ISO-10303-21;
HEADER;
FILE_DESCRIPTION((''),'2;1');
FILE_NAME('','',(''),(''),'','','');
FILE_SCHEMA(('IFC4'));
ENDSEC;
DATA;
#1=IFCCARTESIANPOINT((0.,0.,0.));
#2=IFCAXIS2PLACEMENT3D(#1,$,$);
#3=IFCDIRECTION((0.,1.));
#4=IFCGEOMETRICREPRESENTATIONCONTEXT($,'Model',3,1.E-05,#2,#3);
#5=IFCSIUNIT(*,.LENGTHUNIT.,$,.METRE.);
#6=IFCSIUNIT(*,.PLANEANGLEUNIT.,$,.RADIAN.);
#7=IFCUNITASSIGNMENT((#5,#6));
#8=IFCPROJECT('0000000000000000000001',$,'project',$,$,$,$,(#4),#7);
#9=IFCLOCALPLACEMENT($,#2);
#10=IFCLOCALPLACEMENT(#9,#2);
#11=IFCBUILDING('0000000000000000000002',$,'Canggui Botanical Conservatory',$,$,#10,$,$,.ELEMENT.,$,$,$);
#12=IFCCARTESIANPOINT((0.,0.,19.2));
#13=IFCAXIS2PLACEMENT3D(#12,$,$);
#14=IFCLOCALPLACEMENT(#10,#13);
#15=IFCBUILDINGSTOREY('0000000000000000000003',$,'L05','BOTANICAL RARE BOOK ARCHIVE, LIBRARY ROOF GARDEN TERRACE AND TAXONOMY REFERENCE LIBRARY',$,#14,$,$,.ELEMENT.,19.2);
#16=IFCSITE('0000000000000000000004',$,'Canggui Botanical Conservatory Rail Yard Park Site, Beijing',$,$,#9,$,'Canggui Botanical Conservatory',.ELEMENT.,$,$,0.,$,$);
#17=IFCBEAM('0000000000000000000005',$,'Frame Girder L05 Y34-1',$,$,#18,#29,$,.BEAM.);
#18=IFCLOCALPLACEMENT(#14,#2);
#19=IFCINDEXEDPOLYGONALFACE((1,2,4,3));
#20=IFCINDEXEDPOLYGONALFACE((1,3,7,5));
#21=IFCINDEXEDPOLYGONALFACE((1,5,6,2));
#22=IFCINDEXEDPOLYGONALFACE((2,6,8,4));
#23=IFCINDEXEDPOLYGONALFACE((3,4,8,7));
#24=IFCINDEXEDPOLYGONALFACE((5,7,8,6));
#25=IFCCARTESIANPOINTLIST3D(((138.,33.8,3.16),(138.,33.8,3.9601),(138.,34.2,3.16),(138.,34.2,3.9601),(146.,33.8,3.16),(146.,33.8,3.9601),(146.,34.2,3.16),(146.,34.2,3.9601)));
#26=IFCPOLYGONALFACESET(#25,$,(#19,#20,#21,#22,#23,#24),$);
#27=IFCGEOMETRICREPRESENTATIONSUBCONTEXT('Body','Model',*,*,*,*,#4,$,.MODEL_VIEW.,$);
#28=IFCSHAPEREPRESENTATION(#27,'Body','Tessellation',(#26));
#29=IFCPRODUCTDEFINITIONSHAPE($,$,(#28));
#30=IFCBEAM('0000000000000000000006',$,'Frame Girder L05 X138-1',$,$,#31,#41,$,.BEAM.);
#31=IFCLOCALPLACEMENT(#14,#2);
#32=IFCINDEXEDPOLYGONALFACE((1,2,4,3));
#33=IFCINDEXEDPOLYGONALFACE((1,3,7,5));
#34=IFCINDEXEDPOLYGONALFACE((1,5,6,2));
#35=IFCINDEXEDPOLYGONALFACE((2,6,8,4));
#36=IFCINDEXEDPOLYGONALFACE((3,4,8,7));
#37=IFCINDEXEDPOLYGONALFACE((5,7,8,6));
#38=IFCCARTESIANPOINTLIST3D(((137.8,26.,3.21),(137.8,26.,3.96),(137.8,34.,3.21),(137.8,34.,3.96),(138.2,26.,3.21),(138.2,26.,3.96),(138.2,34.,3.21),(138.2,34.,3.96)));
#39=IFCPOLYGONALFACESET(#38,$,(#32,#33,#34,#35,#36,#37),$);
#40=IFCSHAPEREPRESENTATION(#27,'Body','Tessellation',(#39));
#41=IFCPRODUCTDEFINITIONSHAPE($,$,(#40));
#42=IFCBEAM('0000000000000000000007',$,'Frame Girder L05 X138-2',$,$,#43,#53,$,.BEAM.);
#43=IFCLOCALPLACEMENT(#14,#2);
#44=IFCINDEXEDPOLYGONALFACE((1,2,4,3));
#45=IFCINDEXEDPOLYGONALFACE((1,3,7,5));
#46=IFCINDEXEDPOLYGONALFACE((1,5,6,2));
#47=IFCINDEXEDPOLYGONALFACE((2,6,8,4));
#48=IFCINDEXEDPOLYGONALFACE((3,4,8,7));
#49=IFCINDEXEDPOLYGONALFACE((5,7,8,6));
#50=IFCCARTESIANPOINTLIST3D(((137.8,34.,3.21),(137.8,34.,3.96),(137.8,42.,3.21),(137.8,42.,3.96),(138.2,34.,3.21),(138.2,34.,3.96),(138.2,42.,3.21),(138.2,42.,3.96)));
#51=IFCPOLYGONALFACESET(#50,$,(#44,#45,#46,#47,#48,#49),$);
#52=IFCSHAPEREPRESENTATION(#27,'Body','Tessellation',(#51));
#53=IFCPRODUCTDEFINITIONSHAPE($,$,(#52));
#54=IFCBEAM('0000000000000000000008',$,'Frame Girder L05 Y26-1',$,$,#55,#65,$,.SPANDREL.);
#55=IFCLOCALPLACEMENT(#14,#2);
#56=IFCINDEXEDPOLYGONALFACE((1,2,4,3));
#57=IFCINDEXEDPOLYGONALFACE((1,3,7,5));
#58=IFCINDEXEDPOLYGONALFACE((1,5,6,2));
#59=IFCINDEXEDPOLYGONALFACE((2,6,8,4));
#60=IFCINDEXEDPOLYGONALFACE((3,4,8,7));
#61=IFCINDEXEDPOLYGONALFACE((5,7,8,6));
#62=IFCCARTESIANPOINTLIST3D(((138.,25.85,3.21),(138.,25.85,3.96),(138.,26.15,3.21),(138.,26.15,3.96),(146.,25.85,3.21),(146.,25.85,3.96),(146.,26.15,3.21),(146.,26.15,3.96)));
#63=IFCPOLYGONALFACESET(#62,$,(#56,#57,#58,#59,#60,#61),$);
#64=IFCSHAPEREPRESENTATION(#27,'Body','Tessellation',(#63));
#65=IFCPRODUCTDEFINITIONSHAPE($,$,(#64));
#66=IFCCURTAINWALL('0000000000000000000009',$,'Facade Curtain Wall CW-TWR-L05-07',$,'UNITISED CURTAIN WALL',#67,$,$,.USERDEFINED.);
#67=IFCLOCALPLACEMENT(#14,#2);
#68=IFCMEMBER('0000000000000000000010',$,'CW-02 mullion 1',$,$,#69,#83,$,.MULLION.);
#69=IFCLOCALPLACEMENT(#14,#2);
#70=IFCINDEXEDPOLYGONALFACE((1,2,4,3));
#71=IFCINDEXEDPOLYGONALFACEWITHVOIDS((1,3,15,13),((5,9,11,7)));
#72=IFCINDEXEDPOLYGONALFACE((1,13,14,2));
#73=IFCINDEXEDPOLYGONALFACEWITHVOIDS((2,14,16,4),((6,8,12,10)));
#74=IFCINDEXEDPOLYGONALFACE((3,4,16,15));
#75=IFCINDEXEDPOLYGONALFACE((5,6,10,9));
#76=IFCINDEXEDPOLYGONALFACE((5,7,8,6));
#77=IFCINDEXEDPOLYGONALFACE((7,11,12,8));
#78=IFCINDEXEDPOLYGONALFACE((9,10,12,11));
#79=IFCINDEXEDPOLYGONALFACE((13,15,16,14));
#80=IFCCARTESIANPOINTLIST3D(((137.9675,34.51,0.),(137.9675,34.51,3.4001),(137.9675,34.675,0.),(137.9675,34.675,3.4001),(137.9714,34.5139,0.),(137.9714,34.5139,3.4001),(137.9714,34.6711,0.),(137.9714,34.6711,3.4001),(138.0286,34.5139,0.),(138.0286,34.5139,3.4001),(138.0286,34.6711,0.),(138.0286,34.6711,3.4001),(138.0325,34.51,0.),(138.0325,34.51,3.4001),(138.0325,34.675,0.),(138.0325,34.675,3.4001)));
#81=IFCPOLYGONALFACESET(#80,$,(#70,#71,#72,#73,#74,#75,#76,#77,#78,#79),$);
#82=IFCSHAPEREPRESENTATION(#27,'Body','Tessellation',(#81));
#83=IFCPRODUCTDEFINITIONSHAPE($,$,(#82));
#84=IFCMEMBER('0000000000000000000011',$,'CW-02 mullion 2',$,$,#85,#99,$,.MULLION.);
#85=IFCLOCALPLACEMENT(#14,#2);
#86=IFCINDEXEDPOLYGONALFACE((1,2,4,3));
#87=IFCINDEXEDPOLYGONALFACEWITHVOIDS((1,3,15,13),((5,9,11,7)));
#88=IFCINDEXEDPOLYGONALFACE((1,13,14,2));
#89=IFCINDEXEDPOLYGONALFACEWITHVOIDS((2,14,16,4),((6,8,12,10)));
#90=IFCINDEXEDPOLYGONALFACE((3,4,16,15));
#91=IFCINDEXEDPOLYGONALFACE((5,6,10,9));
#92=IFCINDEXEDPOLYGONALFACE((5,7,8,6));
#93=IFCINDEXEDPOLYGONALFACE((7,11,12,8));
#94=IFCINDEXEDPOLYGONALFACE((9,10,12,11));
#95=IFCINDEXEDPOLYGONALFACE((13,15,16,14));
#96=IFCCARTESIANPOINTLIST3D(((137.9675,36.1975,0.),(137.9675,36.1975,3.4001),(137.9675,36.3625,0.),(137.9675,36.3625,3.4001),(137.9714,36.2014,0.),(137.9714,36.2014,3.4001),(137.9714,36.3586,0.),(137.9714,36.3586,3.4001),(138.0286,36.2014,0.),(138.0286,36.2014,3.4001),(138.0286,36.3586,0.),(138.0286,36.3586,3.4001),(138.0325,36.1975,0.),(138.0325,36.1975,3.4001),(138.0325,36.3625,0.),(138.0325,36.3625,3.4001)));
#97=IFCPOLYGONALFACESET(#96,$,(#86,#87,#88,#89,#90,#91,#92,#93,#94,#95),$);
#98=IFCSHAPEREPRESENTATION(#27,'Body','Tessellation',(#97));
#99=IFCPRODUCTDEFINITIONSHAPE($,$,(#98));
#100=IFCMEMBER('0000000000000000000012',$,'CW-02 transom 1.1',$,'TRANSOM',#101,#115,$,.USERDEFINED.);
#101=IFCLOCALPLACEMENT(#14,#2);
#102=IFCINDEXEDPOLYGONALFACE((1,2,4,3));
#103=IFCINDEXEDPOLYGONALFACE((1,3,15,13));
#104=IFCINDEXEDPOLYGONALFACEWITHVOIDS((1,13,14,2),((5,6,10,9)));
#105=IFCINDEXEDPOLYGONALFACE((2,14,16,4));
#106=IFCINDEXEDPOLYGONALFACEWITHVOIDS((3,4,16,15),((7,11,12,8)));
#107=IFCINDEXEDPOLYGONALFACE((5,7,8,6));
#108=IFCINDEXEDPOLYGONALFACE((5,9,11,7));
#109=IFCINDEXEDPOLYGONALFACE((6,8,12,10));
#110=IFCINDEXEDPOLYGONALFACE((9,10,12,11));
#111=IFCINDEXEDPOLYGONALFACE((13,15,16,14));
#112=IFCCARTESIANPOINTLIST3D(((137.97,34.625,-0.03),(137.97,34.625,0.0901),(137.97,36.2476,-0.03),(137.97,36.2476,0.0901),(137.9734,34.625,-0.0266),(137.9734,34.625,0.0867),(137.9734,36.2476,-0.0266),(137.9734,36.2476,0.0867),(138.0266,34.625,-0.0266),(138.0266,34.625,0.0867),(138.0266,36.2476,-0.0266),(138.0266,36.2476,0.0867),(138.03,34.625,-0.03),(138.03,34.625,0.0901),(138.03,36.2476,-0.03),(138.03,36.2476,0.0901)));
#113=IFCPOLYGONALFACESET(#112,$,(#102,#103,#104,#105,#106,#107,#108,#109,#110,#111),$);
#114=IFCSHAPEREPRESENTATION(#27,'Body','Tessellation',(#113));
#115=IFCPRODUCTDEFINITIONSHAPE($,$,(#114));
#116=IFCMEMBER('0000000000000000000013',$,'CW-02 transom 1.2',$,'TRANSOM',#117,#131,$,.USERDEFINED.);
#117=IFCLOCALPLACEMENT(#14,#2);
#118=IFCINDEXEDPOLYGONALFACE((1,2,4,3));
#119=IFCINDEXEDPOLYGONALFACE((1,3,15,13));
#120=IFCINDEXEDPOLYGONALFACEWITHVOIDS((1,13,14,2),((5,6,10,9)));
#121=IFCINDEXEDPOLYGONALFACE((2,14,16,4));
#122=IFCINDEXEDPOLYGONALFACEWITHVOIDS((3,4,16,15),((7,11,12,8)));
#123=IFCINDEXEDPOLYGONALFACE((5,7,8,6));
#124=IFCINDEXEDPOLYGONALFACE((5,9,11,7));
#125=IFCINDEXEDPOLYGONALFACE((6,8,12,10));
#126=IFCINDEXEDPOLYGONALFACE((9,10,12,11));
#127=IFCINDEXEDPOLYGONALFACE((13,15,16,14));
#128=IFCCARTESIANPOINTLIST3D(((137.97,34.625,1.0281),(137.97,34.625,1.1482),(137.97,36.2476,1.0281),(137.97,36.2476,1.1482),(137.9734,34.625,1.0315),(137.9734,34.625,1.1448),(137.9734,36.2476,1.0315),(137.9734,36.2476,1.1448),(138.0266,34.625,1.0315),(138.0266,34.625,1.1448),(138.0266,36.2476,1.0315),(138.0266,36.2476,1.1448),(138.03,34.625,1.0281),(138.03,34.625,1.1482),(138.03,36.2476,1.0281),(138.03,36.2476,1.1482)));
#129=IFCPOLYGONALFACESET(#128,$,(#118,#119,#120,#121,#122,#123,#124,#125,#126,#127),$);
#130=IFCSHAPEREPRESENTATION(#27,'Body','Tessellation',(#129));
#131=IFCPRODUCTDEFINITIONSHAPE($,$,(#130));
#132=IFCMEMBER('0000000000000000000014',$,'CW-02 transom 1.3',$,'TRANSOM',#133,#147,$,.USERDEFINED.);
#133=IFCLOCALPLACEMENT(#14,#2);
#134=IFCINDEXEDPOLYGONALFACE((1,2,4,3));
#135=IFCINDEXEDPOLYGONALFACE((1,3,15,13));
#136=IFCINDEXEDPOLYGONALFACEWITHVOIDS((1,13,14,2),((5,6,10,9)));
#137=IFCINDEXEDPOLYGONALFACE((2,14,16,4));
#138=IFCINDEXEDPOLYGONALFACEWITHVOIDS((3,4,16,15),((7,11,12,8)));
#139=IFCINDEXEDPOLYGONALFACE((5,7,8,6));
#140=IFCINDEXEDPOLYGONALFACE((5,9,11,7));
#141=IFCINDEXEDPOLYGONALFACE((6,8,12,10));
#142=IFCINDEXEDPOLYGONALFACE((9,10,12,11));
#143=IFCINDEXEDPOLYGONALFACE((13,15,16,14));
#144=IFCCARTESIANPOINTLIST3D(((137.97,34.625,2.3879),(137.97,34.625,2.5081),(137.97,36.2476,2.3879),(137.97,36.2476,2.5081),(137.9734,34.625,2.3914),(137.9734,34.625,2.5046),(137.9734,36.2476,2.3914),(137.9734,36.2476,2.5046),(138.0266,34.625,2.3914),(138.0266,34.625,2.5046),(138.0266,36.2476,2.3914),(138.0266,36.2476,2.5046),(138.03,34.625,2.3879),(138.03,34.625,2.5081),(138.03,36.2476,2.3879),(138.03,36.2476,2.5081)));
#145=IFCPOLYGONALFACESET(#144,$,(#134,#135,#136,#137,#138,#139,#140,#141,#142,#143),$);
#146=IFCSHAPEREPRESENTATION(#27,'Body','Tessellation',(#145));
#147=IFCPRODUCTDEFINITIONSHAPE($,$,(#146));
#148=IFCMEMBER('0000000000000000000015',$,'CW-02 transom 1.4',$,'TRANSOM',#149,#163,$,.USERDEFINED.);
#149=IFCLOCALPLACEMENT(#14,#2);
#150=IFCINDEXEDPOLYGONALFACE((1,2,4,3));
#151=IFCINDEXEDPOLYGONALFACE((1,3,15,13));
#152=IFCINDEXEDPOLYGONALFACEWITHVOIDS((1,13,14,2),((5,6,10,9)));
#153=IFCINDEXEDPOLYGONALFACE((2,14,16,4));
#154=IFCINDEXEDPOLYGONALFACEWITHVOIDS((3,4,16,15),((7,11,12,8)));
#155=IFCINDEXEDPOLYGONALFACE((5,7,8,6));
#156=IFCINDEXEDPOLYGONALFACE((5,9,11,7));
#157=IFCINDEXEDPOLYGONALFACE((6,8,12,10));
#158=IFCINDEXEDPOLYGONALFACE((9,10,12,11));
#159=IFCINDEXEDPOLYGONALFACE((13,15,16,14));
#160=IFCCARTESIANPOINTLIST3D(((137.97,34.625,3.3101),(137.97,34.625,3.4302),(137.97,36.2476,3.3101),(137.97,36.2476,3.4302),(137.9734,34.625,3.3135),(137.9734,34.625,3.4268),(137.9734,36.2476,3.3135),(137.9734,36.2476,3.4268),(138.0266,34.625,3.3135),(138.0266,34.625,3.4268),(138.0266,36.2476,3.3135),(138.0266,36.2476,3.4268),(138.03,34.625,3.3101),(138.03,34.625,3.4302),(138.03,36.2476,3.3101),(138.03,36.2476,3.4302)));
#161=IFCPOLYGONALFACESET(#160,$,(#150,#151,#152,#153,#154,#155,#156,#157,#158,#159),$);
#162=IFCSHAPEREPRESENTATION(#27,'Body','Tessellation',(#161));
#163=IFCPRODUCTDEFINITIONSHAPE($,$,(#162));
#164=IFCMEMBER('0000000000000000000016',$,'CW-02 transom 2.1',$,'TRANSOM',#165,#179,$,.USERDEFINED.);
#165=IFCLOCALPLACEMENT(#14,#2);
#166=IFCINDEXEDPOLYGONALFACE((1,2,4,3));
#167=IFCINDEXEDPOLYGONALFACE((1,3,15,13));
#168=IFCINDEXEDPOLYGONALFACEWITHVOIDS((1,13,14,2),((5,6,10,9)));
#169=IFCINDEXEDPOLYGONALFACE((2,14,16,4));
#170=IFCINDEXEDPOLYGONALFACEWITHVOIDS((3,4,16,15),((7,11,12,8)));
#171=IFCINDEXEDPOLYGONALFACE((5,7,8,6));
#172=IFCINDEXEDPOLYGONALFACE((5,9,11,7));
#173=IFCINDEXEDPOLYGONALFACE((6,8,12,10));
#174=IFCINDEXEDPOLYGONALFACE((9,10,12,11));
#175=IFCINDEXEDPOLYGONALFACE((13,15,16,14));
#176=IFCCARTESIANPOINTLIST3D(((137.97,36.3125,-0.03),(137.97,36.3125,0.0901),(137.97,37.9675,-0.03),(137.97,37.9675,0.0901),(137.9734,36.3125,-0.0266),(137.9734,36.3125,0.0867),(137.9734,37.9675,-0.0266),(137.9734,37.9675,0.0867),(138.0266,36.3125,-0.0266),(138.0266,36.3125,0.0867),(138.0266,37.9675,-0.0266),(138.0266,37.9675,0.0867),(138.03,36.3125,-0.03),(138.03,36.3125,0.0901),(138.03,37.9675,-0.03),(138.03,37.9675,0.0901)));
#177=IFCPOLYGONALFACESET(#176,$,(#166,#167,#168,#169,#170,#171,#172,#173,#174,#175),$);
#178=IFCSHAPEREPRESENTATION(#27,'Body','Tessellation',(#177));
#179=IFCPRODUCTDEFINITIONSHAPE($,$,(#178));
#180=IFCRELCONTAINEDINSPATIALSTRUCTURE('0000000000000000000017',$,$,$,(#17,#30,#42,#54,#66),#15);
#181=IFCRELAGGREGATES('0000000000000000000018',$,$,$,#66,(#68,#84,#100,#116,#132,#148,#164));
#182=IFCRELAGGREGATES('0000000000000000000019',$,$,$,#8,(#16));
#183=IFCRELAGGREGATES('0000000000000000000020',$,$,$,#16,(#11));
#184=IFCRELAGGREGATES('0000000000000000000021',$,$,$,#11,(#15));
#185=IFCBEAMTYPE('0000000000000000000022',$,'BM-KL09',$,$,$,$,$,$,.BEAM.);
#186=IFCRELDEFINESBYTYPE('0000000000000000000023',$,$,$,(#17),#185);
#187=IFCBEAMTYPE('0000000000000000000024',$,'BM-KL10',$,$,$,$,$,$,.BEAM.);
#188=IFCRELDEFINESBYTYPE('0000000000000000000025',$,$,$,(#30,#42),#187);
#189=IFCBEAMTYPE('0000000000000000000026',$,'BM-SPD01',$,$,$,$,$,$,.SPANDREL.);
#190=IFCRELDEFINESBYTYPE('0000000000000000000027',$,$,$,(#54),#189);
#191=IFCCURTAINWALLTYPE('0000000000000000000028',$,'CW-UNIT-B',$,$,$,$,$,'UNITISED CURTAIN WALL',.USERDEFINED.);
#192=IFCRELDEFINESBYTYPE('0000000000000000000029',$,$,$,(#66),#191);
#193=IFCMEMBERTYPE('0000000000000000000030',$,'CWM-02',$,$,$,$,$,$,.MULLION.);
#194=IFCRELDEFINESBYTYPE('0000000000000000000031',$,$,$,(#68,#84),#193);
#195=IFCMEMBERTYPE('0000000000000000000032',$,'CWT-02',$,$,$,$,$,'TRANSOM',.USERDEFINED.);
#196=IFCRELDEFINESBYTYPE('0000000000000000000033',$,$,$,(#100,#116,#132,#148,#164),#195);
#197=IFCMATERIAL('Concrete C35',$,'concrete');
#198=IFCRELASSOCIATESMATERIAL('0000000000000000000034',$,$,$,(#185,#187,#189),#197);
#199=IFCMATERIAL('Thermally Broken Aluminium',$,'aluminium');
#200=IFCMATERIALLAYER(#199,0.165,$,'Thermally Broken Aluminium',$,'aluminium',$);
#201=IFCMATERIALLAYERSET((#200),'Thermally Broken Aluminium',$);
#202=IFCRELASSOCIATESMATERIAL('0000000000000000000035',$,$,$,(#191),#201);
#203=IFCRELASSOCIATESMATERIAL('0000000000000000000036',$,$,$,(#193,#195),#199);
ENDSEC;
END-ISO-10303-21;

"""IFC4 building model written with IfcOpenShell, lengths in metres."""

from ifc_helpers import new_model, si_unit, direction, frame, origin, origin_2d, place, context, subcontext, project, spatial, rectangle, hollow_rectangle, extrude, material, layer, layer_set, material_profile, profile_set, type_object, element, aggregate, save


model = new_model("IFC4")

# Units and contexts
model_context = context("Model", 3, precision=1e-05, world=origin(), true_north=direction((0.0, 1.0)))
body_context = subcontext(model_context, "Body", "Model", "MODEL_VIEW")
ifc_project = project(units=[si_unit("LENGTHUNIT", "METRE"), si_unit("PLANEANGLEUNIT", "RADIAN")], contexts=[model_context])

# Site, building, storey
site_placement = place(None, origin())
site = spatial("IfcSite", under=ifc_project, at=site_placement, Name="Canggui Botanical Conservatory Rail Yard Park Site, Beijing", LongName="Canggui Botanical Conservatory", CompositionType="ELEMENT", RefElevation=0.0)
building_placement = place(site_placement, origin())
building = spatial("IfcBuilding", under=site, at=building_placement, Name="Canggui Botanical Conservatory", CompositionType="ELEMENT")
storey_placement = place(building_placement, frame((0.0, 0.0, 19.2)))
storey = spatial("IfcBuildingStorey", under=building, at=storey_placement, Name="L05", Description="BOTANICAL RARE BOOK ARCHIVE, LIBRARY ROOF GARDEN TERRACE AND TAXONOMY REFERENCE LIBRARY", CompositionType="ELEMENT", Elevation=19.2)

# Beams
ifc_material_1 = material(Name="Concrete C35", Category="concrete")
ifc_material_profile_1 = material_profile(ifc_material_1, rectangle(XDim=0.3999, YDim=0.8, at=origin_2d()), Name="RB 400x800")
ifc_profile_set_1 = profile_set([ifc_material_profile_1], Name="Concrete C35")
beam_type_1 = type_object("IfcBeamType", Name="BM-KL09", PredefinedType="BEAM", material=ifc_profile_set_1)
beam_1_placement = place(storey_placement, frame((138.0, 34.0, 3.5601), z_axis=(1.0, 0.0, 0.0), x_axis=(0.0, 1.0, 0.0)))
element("IfcBeam", 1, at=beam_1_placement, inside=storey, type_object=beam_type_1, Name="Frame Girder L05 Y34-1", PredefinedType="BEAM", context=body_context, shape_type="SweptSolid", body=[
    extrude(rectangle(XDim=0.3999, YDim=0.8, at=origin_2d()), origin(), (0.0, 0.0, 1.0), 8.0),
])
ifc_material_profile_2 = material_profile(ifc_material_1, rectangle(XDim=0.3999, YDim=0.75, at=origin_2d()), Name="RB 400x750")
ifc_profile_set_2 = profile_set([ifc_material_profile_2], Name="Concrete C35")
beam_type_2 = type_object("IfcBeamType", Name="BM-KL10", PredefinedType="BEAM", material=ifc_profile_set_2)
for number, where, z_axis, x_axis, name in (
    (2, (138.0, 26.0, 3.585), (0.0, 1.0, 0.0), (-1.0, 0.0, 0.0), "Frame Girder L05 X138-1"),
    (3, (138.0, 34.0, 3.585), (0.0, 1.0, 0.0), (-1.0, 0.0, 0.0), "Frame Girder L05 X138-2"),
):
    element("IfcBeam", number, at=place(storey_placement, frame(where, z_axis=z_axis, x_axis=x_axis)), inside=storey, type_object=beam_type_2, Name=name, PredefinedType="BEAM", context=body_context, shape_type="SweptSolid", body=[
        extrude(rectangle(XDim=0.3999, YDim=0.75, at=origin_2d()), origin(), (0.0, 0.0, 1.0), 8.0),
    ])
ifc_material_profile_3 = material_profile(ifc_material_1, rectangle(XDim=0.3, YDim=0.75, at=origin_2d()), Name="RB 300x750")
ifc_profile_set_3 = profile_set([ifc_material_profile_3], Name="Concrete C35")
beam_type_3 = type_object("IfcBeamType", Name="BM-SPD01", PredefinedType="SPANDREL", material=ifc_profile_set_3)
beam_2_placement = place(storey_placement, frame((138.0, 26.0, 3.585), z_axis=(1.0, 0.0, 0.0), x_axis=(0.0, 1.0, 0.0)))
element("IfcBeam", 4, at=beam_2_placement, inside=storey, type_object=beam_type_3, Name="Frame Girder L05 Y26-1", PredefinedType="SPANDREL", context=body_context, shape_type="SweptSolid", body=[
    extrude(rectangle(XDim=0.3, YDim=0.75, at=origin_2d()), origin(), (0.0, 0.0, 1.0), 8.0),
])

# Curtain wall, members
ifc_material_2 = material(Name="Thermally Broken Aluminium", Category="aluminium")
ifc_layer_1 = layer(ifc_material_2, 0.165, Name="Thermally Broken Aluminium", Category="aluminium")
ifc_layer_set_1 = layer_set([ifc_layer_1], Name="Thermally Broken Aluminium")
curtain_wall_type = type_object("IfcCurtainWallType", Name="CW-UNIT-B", ElementType="UNITISED CURTAIN WALL", PredefinedType="USERDEFINED", material=ifc_layer_set_1)
curtain_wall_placement = place(storey_placement, origin())
curtain_wall = element("IfcCurtainWall", 5, at=curtain_wall_placement, inside=storey, type_object=curtain_wall_type, Name="Facade Curtain Wall CW-TWR-L05-07", ObjectType="UNITISED CURTAIN WALL", PredefinedType="USERDEFINED")
ifc_material_profile_4 = material_profile(ifc_material_2, hollow_rectangle(XDim=0.0649, YDim=0.165, WallThickness=0.0039, at=origin_2d()), Name="CWM 65x165x4")
ifc_profile_set_4 = profile_set([ifc_material_profile_4], Name="Thermally Broken Aluminium")
member_type_1 = type_object("IfcMemberType", Name="CWM-02", PredefinedType="MULLION", material=ifc_profile_set_4)
member_1_placement = place(storey_placement, frame((138.0, 34.5925, 0.0), z_axis=(0.0, 0.0, 1.0), x_axis=(-1.0, 0.0, 0.0)))
member_1 = element("IfcMember", 6, at=member_1_placement, type_object=member_type_1, Name="CW-02 mullion 1", PredefinedType="MULLION", context=body_context, shape_type="SweptSolid", body=[
    extrude(hollow_rectangle(XDim=0.0649, YDim=0.165, WallThickness=0.0039, at=origin_2d()), origin(), (0.0, 0.0, 1.0), 3.4001),
])
member_2_placement = place(storey_placement, frame((138.0, 36.28, 0.0), z_axis=(0.0, 0.0, 1.0), x_axis=(-1.0, 0.0, 0.0)))
member_2 = element("IfcMember", 7, at=member_2_placement, type_object=member_type_1, Name="CW-02 mullion 2", PredefinedType="MULLION", context=body_context, shape_type="SweptSolid", body=[
    extrude(hollow_rectangle(XDim=0.0649, YDim=0.165, WallThickness=0.0039, at=origin_2d()), origin(), (0.0, 0.0, 1.0), 3.4001),
])
ifc_material_profile_5 = material_profile(ifc_material_2, hollow_rectangle(XDim=0.0601, YDim=0.1201, WallThickness=0.0034, at=origin_2d()), Name="CWT 60x120x3.5")
ifc_profile_set_5 = profile_set([ifc_material_profile_5], Name="Thermally Broken Aluminium")
member_type_2 = type_object("IfcMemberType", Name="CWT-02", ElementType="TRANSOM", PredefinedType="USERDEFINED", material=ifc_profile_set_5)
member_3_placement = place(storey_placement, frame((138.0, 34.625, 0.03), z_axis=(0.0, 1.0, 0.0), x_axis=(-1.0, 0.0, 0.0)))
member_3 = element("IfcMember", 8, at=member_3_placement, type_object=member_type_2, Name="CW-02 transom 1.1", ObjectType="TRANSOM", PredefinedType="USERDEFINED", context=body_context, shape_type="SweptSolid", body=[
    extrude(hollow_rectangle(XDim=0.0601, YDim=0.1201, WallThickness=0.0034, at=origin_2d()), origin(), (0.0, 0.0, 1.0), 1.6226),
])
member_4_placement = place(storey_placement, frame((138.0, 34.625, 1.0881), z_axis=(0.0, 1.0, 0.0), x_axis=(-1.0, 0.0, 0.0)))
member_4 = element("IfcMember", 9, at=member_4_placement, type_object=member_type_2, Name="CW-02 transom 1.2", ObjectType="TRANSOM", PredefinedType="USERDEFINED", context=body_context, shape_type="SweptSolid", body=[
    extrude(hollow_rectangle(XDim=0.0601, YDim=0.1201, WallThickness=0.0034, at=origin_2d()), origin(), (0.0, 0.0, 1.0), 1.6226),
])
member_5_placement = place(storey_placement, frame((138.0, 34.625, 2.448), z_axis=(0.0, 1.0, 0.0), x_axis=(-1.0, 0.0, 0.0)))
member_5 = element("IfcMember", 10, at=member_5_placement, type_object=member_type_2, Name="CW-02 transom 1.3", ObjectType="TRANSOM", PredefinedType="USERDEFINED", context=body_context, shape_type="SweptSolid", body=[
    extrude(hollow_rectangle(XDim=0.0601, YDim=0.1201, WallThickness=0.0034, at=origin_2d()), origin(), (0.0, 0.0, 1.0), 1.6226),
])
member_6_placement = place(storey_placement, frame((138.0, 34.625, 3.3701), z_axis=(0.0, 1.0, 0.0), x_axis=(-1.0, 0.0, 0.0)))
member_6 = element("IfcMember", 11, at=member_6_placement, type_object=member_type_2, Name="CW-02 transom 1.4", ObjectType="TRANSOM", PredefinedType="USERDEFINED", context=body_context, shape_type="SweptSolid", body=[
    extrude(hollow_rectangle(XDim=0.0601, YDim=0.1201, WallThickness=0.0034, at=origin_2d()), origin(), (0.0, 0.0, 1.0), 1.6226),
])
member_7_placement = place(storey_placement, frame((138.0, 36.3125, 0.03), z_axis=(0.0, 1.0, 0.0), x_axis=(-1.0, 0.0, 0.0)))
member_7 = element("IfcMember", 12, at=member_7_placement, type_object=member_type_2, Name="CW-02 transom 2.1", ObjectType="TRANSOM", PredefinedType="USERDEFINED", context=body_context, shape_type="SweptSolid", body=[
    extrude(hollow_rectangle(XDim=0.0601, YDim=0.1201, WallThickness=0.0034, at=origin_2d()), origin(), (0.0, 0.0, 1.0), 1.655),
])
aggregate(curtain_wall, [member_1, member_2, member_3, member_4, member_5, member_6, member_7])

save(model, "model.ifc")
